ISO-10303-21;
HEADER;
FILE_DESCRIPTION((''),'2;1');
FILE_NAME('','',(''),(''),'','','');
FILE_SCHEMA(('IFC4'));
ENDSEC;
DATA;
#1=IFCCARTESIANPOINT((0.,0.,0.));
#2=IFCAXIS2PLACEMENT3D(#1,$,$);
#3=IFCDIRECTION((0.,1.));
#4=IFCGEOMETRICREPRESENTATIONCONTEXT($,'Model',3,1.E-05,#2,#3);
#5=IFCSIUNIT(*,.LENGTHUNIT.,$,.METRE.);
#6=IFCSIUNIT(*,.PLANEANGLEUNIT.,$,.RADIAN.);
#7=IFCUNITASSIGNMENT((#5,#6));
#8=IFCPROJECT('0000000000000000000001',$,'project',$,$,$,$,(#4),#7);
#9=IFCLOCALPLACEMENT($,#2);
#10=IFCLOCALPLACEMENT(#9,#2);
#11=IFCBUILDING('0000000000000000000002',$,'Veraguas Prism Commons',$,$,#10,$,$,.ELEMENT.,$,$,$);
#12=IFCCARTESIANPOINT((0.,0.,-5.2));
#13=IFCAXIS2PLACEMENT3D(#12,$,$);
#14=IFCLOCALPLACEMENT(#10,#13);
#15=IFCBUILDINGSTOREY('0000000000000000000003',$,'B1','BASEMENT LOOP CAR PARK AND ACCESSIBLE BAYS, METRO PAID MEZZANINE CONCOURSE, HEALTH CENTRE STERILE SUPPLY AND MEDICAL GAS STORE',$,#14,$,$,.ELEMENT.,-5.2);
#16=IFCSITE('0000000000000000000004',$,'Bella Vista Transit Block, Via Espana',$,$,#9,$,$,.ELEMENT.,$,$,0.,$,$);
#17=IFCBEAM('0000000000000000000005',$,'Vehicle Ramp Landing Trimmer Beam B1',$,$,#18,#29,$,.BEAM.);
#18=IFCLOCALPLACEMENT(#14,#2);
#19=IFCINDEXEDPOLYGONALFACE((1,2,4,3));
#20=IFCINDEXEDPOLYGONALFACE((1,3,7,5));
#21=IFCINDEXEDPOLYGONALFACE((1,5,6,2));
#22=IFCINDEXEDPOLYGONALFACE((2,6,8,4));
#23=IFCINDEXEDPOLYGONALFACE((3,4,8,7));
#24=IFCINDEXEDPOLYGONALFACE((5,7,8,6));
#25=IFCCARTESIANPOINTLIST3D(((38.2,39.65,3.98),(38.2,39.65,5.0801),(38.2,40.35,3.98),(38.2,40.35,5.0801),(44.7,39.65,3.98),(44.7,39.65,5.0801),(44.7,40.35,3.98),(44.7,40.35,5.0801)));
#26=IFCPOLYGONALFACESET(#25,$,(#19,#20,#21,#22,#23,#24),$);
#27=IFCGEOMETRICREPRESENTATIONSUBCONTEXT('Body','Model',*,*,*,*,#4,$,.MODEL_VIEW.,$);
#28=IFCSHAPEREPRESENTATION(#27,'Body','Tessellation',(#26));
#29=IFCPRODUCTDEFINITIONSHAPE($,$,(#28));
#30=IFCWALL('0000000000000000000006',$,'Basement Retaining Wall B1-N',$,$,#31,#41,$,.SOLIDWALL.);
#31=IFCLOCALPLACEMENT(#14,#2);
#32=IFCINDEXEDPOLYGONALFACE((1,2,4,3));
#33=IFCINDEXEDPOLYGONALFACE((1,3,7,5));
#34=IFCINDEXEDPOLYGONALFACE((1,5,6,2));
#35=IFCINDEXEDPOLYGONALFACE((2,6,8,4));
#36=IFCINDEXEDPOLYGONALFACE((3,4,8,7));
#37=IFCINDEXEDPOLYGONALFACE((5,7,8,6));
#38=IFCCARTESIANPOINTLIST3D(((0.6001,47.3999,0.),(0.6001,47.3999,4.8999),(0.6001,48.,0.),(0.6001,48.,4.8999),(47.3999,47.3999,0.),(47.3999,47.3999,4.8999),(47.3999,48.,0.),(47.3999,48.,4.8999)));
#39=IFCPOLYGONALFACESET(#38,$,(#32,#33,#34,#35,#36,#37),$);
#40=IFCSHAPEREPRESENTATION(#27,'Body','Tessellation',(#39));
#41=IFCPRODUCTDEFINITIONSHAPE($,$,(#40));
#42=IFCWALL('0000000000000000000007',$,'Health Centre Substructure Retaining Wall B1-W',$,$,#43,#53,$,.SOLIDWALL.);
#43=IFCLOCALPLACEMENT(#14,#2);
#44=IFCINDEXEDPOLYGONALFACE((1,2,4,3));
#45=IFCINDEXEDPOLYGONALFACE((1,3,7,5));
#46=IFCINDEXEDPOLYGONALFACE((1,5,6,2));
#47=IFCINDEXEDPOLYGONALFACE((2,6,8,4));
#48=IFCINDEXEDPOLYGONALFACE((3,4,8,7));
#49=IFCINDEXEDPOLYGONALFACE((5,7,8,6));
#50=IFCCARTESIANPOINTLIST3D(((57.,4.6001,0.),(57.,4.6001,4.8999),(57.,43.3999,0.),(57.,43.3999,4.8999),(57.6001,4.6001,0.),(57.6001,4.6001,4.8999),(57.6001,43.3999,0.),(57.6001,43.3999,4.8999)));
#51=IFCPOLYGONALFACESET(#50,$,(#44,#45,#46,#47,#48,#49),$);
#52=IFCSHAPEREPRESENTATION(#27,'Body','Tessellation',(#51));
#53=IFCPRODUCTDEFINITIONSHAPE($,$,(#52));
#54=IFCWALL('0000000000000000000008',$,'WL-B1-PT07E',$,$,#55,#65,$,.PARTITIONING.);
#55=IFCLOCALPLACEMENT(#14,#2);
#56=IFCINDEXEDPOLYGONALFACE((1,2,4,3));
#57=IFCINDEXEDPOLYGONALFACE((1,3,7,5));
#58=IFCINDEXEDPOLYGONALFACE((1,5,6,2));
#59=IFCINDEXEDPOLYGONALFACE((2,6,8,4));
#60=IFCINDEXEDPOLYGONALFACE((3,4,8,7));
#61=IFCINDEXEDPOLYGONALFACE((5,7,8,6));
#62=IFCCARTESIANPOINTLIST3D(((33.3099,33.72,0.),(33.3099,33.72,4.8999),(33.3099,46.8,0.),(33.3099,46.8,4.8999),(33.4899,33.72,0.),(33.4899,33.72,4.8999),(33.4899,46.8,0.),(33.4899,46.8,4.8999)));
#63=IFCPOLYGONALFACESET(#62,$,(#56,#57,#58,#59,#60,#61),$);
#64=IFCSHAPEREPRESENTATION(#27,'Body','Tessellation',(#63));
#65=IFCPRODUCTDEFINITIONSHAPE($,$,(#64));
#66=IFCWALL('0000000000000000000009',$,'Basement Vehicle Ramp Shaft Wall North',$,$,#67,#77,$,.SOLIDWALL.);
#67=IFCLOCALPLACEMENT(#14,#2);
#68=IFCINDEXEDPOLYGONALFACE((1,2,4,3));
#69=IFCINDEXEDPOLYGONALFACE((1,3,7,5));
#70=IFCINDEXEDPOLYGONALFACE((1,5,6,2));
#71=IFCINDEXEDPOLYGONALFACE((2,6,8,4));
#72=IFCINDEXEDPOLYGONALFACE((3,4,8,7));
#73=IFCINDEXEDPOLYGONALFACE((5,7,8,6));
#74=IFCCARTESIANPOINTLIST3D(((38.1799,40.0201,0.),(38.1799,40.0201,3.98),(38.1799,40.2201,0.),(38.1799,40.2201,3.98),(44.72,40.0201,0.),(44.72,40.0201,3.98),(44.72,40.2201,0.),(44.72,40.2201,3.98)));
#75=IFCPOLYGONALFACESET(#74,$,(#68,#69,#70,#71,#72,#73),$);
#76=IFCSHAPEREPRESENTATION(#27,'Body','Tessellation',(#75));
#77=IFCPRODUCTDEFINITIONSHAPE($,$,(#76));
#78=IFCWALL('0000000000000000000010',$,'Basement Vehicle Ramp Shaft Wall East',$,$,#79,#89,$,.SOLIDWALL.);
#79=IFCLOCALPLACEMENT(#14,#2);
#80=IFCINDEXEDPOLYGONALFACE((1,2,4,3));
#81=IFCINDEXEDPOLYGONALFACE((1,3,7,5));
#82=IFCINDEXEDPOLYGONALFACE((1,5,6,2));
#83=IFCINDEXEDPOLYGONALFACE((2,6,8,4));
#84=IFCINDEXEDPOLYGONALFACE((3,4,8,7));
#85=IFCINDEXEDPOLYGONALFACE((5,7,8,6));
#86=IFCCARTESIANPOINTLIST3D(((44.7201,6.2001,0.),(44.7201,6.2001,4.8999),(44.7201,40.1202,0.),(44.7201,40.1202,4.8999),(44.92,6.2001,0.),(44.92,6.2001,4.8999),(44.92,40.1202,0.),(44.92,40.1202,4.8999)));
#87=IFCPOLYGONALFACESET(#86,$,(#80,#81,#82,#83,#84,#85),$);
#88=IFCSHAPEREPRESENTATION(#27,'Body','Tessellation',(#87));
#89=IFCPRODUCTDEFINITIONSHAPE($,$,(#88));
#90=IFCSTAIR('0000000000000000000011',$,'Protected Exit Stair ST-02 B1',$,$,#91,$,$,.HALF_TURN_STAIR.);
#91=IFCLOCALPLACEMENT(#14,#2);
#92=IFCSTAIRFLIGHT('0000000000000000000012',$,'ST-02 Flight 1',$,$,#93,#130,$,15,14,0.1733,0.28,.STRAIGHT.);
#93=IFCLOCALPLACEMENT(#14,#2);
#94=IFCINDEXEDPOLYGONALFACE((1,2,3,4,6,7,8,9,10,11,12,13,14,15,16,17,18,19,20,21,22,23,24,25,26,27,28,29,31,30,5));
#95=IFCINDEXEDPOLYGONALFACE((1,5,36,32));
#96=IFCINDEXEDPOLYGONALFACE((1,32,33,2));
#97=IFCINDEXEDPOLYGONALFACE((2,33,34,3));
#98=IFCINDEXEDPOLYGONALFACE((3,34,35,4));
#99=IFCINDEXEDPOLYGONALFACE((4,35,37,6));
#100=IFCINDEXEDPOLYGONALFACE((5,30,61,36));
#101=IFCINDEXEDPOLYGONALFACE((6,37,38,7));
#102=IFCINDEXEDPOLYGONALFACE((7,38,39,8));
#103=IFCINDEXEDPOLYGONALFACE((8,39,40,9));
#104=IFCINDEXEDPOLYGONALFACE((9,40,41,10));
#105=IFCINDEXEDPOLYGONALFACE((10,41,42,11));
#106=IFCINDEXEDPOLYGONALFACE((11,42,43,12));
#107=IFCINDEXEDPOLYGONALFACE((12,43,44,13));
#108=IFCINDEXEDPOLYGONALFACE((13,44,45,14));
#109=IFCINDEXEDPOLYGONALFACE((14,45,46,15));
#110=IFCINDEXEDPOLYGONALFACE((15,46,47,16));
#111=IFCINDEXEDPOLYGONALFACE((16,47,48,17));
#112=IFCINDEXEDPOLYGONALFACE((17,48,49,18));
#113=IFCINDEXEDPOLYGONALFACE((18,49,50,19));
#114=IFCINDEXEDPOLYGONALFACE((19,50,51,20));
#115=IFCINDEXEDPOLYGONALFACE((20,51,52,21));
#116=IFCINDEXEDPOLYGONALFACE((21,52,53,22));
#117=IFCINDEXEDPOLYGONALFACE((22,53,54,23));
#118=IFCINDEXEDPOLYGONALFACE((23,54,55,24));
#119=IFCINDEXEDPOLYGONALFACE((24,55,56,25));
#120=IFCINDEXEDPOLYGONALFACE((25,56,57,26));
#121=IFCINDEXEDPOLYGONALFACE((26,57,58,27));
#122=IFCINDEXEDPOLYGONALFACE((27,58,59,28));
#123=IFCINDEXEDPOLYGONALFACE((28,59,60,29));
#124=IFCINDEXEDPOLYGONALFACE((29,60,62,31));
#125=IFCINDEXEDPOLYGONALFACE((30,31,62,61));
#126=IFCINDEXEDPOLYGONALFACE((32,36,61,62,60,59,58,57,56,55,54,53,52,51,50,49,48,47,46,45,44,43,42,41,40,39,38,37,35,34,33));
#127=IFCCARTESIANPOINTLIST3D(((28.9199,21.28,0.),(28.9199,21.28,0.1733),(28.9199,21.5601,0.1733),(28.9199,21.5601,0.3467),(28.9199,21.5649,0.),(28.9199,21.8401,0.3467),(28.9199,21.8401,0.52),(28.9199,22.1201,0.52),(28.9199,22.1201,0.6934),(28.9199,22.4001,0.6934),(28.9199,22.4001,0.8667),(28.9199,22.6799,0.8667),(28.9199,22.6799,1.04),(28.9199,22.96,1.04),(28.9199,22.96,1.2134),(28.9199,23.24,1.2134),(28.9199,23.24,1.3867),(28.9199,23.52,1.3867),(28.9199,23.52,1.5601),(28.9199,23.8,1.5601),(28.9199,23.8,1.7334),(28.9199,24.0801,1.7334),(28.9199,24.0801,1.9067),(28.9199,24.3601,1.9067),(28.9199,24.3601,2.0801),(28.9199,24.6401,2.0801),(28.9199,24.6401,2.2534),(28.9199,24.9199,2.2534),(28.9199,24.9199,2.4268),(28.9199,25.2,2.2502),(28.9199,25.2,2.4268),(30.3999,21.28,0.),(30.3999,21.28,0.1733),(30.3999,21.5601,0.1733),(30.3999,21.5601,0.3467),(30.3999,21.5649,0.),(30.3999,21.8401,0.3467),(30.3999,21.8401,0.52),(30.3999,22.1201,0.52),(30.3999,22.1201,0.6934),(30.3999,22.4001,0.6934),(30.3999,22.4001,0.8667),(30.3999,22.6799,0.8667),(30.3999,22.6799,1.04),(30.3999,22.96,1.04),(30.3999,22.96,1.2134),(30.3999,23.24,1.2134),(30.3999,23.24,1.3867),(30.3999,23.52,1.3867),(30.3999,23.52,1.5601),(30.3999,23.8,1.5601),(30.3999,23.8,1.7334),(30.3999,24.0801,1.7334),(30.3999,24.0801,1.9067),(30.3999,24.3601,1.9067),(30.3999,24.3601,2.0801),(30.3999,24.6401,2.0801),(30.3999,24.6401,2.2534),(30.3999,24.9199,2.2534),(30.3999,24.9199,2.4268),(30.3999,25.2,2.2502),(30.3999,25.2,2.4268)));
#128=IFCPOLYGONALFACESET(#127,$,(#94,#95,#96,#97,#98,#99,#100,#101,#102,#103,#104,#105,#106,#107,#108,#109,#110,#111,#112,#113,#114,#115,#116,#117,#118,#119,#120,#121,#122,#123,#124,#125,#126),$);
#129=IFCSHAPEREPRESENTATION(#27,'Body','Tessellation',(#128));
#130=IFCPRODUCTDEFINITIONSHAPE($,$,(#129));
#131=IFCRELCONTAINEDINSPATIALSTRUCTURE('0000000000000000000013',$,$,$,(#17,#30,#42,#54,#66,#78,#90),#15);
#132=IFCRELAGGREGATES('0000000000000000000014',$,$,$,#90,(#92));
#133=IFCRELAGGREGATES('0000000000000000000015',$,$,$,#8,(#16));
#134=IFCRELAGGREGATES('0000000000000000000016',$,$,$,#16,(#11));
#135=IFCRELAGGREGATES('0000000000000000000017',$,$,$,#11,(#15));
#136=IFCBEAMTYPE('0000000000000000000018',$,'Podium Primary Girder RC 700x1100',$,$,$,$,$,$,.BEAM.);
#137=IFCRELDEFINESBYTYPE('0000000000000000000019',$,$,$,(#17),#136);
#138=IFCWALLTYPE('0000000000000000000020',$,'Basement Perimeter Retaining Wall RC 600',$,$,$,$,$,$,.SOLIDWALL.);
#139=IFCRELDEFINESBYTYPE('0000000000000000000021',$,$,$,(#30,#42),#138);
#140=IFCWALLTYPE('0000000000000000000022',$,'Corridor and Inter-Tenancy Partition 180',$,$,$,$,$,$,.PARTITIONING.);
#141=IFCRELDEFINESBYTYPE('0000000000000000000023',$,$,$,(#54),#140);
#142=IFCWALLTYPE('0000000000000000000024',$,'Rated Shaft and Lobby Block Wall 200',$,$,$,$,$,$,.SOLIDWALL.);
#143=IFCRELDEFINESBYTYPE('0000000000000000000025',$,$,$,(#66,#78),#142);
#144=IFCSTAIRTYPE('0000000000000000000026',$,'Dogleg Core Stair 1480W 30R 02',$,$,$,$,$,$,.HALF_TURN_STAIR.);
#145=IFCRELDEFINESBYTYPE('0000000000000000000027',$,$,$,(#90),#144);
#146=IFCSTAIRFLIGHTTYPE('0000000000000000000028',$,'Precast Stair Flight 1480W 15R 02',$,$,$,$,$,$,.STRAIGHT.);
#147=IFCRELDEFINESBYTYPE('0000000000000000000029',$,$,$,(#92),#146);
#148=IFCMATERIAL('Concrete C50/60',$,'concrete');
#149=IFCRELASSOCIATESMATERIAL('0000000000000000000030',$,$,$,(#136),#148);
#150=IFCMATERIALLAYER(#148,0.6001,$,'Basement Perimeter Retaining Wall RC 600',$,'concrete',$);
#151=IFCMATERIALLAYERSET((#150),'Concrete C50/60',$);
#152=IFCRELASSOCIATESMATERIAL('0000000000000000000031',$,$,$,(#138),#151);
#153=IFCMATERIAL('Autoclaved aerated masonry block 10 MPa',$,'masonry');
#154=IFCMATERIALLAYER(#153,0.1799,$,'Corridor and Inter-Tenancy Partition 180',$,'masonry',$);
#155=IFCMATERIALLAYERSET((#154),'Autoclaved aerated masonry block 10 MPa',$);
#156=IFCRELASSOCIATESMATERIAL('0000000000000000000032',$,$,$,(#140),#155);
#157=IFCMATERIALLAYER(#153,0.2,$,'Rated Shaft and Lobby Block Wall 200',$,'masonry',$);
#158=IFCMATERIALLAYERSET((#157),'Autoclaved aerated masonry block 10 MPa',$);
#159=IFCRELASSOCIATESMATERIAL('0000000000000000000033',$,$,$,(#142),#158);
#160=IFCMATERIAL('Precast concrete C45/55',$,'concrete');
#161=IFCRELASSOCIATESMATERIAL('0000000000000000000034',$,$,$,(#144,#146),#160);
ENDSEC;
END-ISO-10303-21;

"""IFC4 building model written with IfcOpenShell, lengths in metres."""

from ifc_helpers import new_model, si_unit, direction, frame, frame_2d, origin, origin_2d, place, context, subcontext, project, spatial, polyline, rectangle, outline, extrude, material, layer, layer_set, material_profile, profile_set, type_object, element, aggregate, save


model = new_model("IFC4")

# Units and contexts
model_context = context("Model", 3, precision=1e-05, world=origin(), true_north=direction((0.0, 1.0)))
body_context = subcontext(model_context, "Body", "Model", "MODEL_VIEW")
ifc_project = project(units=[si_unit("LENGTHUNIT", "METRE"), si_unit("PLANEANGLEUNIT", "RADIAN")], contexts=[model_context])

# Site, building, storey
site_placement = place(None, origin())
site = spatial("IfcSite", under=ifc_project, at=site_placement, Name="Bella Vista Transit Block, Via Espana", CompositionType="ELEMENT", RefElevation=0.0)
building_placement = place(site_placement, origin())
building = spatial("IfcBuilding", under=site, at=building_placement, Name="Veraguas Prism Commons", CompositionType="ELEMENT")
storey_placement = place(building_placement, frame((0.0, 0.0, -5.2)))
storey = spatial("IfcBuildingStorey", under=building, at=storey_placement, Name="B1", Description="BASEMENT LOOP CAR PARK AND ACCESSIBLE BAYS, METRO PAID MEZZANINE CONCOURSE, HEALTH CENTRE STERILE SUPPLY AND MEDICAL GAS STORE", CompositionType="ELEMENT", Elevation=-5.2)

# Shared definitions
ifc_material_1 = material(Name="Concrete C50/60", Category="concrete")

# Beam
ifc_material_profile_1 = material_profile(ifc_material_1, rectangle(XDim=0.7, YDim=1.1001, at=origin_2d()), Name="RC700X1100")
ifc_profile_set_1 = profile_set([ifc_material_profile_1], Name="Concrete C50/60")
beam_type_1 = type_object("IfcBeamType", Name="Podium Primary Girder RC 700x1100", PredefinedType="BEAM", material=ifc_profile_set_1)
for number, where, z_axis, x_axis, name in (
    (1, (38.2, 40.0, 4.53), (1.0, 0.0, 0.0), (0.0, 1.0, 0.0), "Vehicle Ramp Landing Trimmer Beam B1"),
):
    element("IfcBeam", number, at=place(storey_placement, frame(where, z_axis=z_axis, x_axis=x_axis)), inside=storey, type_object=beam_type_1, Name=name, PredefinedType="BEAM", context=body_context, shape_type="SweptSolid", body=[
        extrude(rectangle(XDim=0.7, YDim=1.1001, at=origin_2d()), origin(), (0.0, 0.0, 1.0), 6.5),
    ])

# Walls
ifc_layer_1 = layer(ifc_material_1, 0.6001, Name="Basement Perimeter Retaining Wall RC 600", Category="concrete")
ifc_layer_set_1 = layer_set([ifc_layer_1], Name="Concrete C50/60")
wall_type_1 = type_object("IfcWallType", Name="Basement Perimeter Retaining Wall RC 600", PredefinedType="SOLIDWALL", material=ifc_layer_set_1)
wall_1_placement = place(storey_placement, frame((47.3999, 47.7, 0.0), z_axis=(0.0, 0.0, 1.0), x_axis=(-1.0, 0.0, 0.0)))
element("IfcWall", 2, at=wall_1_placement, inside=storey, type_object=wall_type_1, Name="Basement Retaining Wall B1-N", PredefinedType="SOLIDWALL", context=body_context, shape_type="SweptSolid", body=[
    extrude(rectangle(XDim=46.7998, YDim=0.6001, at=frame_2d((23.3999, 0.0))), origin(), (0.0, 0.0, 1.0), 4.8999),
])
wall_2_placement = place(storey_placement, frame((57.3, 43.3999, 0.0), z_axis=(0.0, 0.0, 1.0), x_axis=(0.0, -1.0, 0.0)))
element("IfcWall", 3, at=wall_2_placement, inside=storey, type_object=wall_type_1, Name="Health Centre Substructure Retaining Wall B1-W", PredefinedType="SOLIDWALL", context=body_context, shape_type="SweptSolid", body=[
    extrude(rectangle(XDim=38.7998, YDim=0.6001, at=frame_2d((19.3999, 0.0))), origin(), (0.0, 0.0, 1.0), 4.8999),
])
ifc_material_2 = material(Name="Autoclaved aerated masonry block 10 MPa", Category="masonry")
ifc_layer_2 = layer(ifc_material_2, 0.1799, Name="Corridor and Inter-Tenancy Partition 180", Category="masonry")
ifc_layer_set_2 = layer_set([ifc_layer_2], Name="Autoclaved aerated masonry block 10 MPa")
wall_type_2 = type_object("IfcWallType", Name="Corridor and Inter-Tenancy Partition 180", PredefinedType="PARTITIONING", material=ifc_layer_set_2)
wall_3_placement = place(storey_placement, frame((33.3999, 33.72, 0.0), z_axis=(0.0, 0.0, 1.0), x_axis=(0.0, 1.0, 0.0)))
element("IfcWall", 4, at=wall_3_placement, inside=storey, type_object=wall_type_2, Name="WL-B1-PT07E", PredefinedType="PARTITIONING", context=body_context, shape_type="SweptSolid", body=[
    extrude(rectangle(XDim=13.0801, YDim=0.1799, at=frame_2d((6.54, 0.0))), origin(), (0.0, 0.0, 1.0), 4.8999),
])
ifc_layer_3 = layer(ifc_material_2, 0.2, Name="Rated Shaft and Lobby Block Wall 200", Category="masonry")
ifc_layer_set_3 = layer_set([ifc_layer_3], Name="Autoclaved aerated masonry block 10 MPa")
wall_type_3 = type_object("IfcWallType", Name="Rated Shaft and Lobby Block Wall 200", PredefinedType="SOLIDWALL", material=ifc_layer_set_3)
wall_4_placement = place(storey_placement, frame((38.1799, 40.1201, 0.0), z_axis=(0.0, 0.0, 1.0), x_axis=(1.0, 0.0, 0.0)))
element("IfcWall", 5, at=wall_4_placement, inside=storey, type_object=wall_type_3, Name="Basement Vehicle Ramp Shaft Wall North", PredefinedType="SOLIDWALL", context=body_context, shape_type="SweptSolid", body=[
    extrude(rectangle(XDim=6.54, YDim=0.2, at=frame_2d((3.27, 0.0))), origin(), (0.0, 0.0, 1.0), 3.98),
])
wall_5_placement = place(storey_placement, frame((44.8201, 40.1201, 0.0), z_axis=(0.0, 0.0, 1.0), x_axis=(0.0, -1.0, 0.0)))
element("IfcWall", 6, at=wall_5_placement, inside=storey, type_object=wall_type_3, Name="Basement Vehicle Ramp Shaft Wall East", PredefinedType="SOLIDWALL", context=body_context, shape_type="SweptSolid", body=[
    extrude(rectangle(XDim=33.9202, YDim=0.2, at=frame_2d((16.96, 0.0))), origin(), (0.0, 0.0, 1.0), 4.8999),
])

# Stair, stair flight
ifc_material_3 = material(Name="Precast concrete C45/55", Category="concrete")
stair_type = type_object("IfcStairType", Name="Dogleg Core Stair 1480W 30R 02", PredefinedType="HALF_TURN_STAIR", material=ifc_material_3)
stair_placement = place(storey_placement, origin())
stair = element("IfcStair", 7, at=stair_placement, inside=storey, type_object=stair_type, Name="Protected Exit Stair ST-02 B1", PredefinedType="HALF_TURN_STAIR")
stair_flight_type = type_object("IfcStairFlightType", Name="Precast Stair Flight 1480W 15R 02", PredefinedType="STRAIGHT", material=ifc_material_3)
stair_flight_placement = place(storey_placement, frame((29.6599, 21.28, 0.0), z_axis=(0.0, 0.0, 1.0), x_axis=(0.0, 1.0, 0.0)))
stair_flight = element("IfcStairFlight", 8, at=stair_flight_placement, type_object=stair_flight_type, Name="ST-02 Flight 1", NumberOfRisers=15, NumberOfTreads=14, PredefinedType="STRAIGHT", RiserHeight=0.1733, TreadLength=0.28, context=body_context, shape_type="SweptSolid", body=[
    extrude(outline(polyline([(0.0, 0.0), (0.0, 0.1733), (0.28, 0.1733), (0.28, 0.3467), (0.5601, 0.3467), (0.5601, 0.52), (0.8401, 0.52), (0.8401, 0.6934), (1.1201, 0.6934), (1.1201, 0.8667), (1.3999, 0.8667), (1.3999, 1.04), (1.6799, 1.04), (1.6799, 1.2134), (1.96, 1.2134), (1.96, 1.3867), (2.24, 1.3867), (2.24, 1.5601), (2.52, 1.5601), (2.52, 1.7334), (2.8, 1.7334), (2.8, 1.9067), (3.0801, 1.9067), (3.0801, 2.0801), (3.3601, 2.0801), (3.3601, 2.2534), (3.6399, 2.2534), (3.6399, 2.4268), (3.9199, 2.4268), (3.9199, 2.6001), (3.9199, 2.2502), (0.2849, 0.0), (0.0, 0.0)])), frame((0.0, 0.74, 0.0), z_axis=(0.0, -1.0, 0.0), x_axis=(1.0, 0.0, 0.0)), (0.0, 0.0, 1.0), 1.48),
])
aggregate(stair, [stair_flight])

save(model, "model.ifc")
